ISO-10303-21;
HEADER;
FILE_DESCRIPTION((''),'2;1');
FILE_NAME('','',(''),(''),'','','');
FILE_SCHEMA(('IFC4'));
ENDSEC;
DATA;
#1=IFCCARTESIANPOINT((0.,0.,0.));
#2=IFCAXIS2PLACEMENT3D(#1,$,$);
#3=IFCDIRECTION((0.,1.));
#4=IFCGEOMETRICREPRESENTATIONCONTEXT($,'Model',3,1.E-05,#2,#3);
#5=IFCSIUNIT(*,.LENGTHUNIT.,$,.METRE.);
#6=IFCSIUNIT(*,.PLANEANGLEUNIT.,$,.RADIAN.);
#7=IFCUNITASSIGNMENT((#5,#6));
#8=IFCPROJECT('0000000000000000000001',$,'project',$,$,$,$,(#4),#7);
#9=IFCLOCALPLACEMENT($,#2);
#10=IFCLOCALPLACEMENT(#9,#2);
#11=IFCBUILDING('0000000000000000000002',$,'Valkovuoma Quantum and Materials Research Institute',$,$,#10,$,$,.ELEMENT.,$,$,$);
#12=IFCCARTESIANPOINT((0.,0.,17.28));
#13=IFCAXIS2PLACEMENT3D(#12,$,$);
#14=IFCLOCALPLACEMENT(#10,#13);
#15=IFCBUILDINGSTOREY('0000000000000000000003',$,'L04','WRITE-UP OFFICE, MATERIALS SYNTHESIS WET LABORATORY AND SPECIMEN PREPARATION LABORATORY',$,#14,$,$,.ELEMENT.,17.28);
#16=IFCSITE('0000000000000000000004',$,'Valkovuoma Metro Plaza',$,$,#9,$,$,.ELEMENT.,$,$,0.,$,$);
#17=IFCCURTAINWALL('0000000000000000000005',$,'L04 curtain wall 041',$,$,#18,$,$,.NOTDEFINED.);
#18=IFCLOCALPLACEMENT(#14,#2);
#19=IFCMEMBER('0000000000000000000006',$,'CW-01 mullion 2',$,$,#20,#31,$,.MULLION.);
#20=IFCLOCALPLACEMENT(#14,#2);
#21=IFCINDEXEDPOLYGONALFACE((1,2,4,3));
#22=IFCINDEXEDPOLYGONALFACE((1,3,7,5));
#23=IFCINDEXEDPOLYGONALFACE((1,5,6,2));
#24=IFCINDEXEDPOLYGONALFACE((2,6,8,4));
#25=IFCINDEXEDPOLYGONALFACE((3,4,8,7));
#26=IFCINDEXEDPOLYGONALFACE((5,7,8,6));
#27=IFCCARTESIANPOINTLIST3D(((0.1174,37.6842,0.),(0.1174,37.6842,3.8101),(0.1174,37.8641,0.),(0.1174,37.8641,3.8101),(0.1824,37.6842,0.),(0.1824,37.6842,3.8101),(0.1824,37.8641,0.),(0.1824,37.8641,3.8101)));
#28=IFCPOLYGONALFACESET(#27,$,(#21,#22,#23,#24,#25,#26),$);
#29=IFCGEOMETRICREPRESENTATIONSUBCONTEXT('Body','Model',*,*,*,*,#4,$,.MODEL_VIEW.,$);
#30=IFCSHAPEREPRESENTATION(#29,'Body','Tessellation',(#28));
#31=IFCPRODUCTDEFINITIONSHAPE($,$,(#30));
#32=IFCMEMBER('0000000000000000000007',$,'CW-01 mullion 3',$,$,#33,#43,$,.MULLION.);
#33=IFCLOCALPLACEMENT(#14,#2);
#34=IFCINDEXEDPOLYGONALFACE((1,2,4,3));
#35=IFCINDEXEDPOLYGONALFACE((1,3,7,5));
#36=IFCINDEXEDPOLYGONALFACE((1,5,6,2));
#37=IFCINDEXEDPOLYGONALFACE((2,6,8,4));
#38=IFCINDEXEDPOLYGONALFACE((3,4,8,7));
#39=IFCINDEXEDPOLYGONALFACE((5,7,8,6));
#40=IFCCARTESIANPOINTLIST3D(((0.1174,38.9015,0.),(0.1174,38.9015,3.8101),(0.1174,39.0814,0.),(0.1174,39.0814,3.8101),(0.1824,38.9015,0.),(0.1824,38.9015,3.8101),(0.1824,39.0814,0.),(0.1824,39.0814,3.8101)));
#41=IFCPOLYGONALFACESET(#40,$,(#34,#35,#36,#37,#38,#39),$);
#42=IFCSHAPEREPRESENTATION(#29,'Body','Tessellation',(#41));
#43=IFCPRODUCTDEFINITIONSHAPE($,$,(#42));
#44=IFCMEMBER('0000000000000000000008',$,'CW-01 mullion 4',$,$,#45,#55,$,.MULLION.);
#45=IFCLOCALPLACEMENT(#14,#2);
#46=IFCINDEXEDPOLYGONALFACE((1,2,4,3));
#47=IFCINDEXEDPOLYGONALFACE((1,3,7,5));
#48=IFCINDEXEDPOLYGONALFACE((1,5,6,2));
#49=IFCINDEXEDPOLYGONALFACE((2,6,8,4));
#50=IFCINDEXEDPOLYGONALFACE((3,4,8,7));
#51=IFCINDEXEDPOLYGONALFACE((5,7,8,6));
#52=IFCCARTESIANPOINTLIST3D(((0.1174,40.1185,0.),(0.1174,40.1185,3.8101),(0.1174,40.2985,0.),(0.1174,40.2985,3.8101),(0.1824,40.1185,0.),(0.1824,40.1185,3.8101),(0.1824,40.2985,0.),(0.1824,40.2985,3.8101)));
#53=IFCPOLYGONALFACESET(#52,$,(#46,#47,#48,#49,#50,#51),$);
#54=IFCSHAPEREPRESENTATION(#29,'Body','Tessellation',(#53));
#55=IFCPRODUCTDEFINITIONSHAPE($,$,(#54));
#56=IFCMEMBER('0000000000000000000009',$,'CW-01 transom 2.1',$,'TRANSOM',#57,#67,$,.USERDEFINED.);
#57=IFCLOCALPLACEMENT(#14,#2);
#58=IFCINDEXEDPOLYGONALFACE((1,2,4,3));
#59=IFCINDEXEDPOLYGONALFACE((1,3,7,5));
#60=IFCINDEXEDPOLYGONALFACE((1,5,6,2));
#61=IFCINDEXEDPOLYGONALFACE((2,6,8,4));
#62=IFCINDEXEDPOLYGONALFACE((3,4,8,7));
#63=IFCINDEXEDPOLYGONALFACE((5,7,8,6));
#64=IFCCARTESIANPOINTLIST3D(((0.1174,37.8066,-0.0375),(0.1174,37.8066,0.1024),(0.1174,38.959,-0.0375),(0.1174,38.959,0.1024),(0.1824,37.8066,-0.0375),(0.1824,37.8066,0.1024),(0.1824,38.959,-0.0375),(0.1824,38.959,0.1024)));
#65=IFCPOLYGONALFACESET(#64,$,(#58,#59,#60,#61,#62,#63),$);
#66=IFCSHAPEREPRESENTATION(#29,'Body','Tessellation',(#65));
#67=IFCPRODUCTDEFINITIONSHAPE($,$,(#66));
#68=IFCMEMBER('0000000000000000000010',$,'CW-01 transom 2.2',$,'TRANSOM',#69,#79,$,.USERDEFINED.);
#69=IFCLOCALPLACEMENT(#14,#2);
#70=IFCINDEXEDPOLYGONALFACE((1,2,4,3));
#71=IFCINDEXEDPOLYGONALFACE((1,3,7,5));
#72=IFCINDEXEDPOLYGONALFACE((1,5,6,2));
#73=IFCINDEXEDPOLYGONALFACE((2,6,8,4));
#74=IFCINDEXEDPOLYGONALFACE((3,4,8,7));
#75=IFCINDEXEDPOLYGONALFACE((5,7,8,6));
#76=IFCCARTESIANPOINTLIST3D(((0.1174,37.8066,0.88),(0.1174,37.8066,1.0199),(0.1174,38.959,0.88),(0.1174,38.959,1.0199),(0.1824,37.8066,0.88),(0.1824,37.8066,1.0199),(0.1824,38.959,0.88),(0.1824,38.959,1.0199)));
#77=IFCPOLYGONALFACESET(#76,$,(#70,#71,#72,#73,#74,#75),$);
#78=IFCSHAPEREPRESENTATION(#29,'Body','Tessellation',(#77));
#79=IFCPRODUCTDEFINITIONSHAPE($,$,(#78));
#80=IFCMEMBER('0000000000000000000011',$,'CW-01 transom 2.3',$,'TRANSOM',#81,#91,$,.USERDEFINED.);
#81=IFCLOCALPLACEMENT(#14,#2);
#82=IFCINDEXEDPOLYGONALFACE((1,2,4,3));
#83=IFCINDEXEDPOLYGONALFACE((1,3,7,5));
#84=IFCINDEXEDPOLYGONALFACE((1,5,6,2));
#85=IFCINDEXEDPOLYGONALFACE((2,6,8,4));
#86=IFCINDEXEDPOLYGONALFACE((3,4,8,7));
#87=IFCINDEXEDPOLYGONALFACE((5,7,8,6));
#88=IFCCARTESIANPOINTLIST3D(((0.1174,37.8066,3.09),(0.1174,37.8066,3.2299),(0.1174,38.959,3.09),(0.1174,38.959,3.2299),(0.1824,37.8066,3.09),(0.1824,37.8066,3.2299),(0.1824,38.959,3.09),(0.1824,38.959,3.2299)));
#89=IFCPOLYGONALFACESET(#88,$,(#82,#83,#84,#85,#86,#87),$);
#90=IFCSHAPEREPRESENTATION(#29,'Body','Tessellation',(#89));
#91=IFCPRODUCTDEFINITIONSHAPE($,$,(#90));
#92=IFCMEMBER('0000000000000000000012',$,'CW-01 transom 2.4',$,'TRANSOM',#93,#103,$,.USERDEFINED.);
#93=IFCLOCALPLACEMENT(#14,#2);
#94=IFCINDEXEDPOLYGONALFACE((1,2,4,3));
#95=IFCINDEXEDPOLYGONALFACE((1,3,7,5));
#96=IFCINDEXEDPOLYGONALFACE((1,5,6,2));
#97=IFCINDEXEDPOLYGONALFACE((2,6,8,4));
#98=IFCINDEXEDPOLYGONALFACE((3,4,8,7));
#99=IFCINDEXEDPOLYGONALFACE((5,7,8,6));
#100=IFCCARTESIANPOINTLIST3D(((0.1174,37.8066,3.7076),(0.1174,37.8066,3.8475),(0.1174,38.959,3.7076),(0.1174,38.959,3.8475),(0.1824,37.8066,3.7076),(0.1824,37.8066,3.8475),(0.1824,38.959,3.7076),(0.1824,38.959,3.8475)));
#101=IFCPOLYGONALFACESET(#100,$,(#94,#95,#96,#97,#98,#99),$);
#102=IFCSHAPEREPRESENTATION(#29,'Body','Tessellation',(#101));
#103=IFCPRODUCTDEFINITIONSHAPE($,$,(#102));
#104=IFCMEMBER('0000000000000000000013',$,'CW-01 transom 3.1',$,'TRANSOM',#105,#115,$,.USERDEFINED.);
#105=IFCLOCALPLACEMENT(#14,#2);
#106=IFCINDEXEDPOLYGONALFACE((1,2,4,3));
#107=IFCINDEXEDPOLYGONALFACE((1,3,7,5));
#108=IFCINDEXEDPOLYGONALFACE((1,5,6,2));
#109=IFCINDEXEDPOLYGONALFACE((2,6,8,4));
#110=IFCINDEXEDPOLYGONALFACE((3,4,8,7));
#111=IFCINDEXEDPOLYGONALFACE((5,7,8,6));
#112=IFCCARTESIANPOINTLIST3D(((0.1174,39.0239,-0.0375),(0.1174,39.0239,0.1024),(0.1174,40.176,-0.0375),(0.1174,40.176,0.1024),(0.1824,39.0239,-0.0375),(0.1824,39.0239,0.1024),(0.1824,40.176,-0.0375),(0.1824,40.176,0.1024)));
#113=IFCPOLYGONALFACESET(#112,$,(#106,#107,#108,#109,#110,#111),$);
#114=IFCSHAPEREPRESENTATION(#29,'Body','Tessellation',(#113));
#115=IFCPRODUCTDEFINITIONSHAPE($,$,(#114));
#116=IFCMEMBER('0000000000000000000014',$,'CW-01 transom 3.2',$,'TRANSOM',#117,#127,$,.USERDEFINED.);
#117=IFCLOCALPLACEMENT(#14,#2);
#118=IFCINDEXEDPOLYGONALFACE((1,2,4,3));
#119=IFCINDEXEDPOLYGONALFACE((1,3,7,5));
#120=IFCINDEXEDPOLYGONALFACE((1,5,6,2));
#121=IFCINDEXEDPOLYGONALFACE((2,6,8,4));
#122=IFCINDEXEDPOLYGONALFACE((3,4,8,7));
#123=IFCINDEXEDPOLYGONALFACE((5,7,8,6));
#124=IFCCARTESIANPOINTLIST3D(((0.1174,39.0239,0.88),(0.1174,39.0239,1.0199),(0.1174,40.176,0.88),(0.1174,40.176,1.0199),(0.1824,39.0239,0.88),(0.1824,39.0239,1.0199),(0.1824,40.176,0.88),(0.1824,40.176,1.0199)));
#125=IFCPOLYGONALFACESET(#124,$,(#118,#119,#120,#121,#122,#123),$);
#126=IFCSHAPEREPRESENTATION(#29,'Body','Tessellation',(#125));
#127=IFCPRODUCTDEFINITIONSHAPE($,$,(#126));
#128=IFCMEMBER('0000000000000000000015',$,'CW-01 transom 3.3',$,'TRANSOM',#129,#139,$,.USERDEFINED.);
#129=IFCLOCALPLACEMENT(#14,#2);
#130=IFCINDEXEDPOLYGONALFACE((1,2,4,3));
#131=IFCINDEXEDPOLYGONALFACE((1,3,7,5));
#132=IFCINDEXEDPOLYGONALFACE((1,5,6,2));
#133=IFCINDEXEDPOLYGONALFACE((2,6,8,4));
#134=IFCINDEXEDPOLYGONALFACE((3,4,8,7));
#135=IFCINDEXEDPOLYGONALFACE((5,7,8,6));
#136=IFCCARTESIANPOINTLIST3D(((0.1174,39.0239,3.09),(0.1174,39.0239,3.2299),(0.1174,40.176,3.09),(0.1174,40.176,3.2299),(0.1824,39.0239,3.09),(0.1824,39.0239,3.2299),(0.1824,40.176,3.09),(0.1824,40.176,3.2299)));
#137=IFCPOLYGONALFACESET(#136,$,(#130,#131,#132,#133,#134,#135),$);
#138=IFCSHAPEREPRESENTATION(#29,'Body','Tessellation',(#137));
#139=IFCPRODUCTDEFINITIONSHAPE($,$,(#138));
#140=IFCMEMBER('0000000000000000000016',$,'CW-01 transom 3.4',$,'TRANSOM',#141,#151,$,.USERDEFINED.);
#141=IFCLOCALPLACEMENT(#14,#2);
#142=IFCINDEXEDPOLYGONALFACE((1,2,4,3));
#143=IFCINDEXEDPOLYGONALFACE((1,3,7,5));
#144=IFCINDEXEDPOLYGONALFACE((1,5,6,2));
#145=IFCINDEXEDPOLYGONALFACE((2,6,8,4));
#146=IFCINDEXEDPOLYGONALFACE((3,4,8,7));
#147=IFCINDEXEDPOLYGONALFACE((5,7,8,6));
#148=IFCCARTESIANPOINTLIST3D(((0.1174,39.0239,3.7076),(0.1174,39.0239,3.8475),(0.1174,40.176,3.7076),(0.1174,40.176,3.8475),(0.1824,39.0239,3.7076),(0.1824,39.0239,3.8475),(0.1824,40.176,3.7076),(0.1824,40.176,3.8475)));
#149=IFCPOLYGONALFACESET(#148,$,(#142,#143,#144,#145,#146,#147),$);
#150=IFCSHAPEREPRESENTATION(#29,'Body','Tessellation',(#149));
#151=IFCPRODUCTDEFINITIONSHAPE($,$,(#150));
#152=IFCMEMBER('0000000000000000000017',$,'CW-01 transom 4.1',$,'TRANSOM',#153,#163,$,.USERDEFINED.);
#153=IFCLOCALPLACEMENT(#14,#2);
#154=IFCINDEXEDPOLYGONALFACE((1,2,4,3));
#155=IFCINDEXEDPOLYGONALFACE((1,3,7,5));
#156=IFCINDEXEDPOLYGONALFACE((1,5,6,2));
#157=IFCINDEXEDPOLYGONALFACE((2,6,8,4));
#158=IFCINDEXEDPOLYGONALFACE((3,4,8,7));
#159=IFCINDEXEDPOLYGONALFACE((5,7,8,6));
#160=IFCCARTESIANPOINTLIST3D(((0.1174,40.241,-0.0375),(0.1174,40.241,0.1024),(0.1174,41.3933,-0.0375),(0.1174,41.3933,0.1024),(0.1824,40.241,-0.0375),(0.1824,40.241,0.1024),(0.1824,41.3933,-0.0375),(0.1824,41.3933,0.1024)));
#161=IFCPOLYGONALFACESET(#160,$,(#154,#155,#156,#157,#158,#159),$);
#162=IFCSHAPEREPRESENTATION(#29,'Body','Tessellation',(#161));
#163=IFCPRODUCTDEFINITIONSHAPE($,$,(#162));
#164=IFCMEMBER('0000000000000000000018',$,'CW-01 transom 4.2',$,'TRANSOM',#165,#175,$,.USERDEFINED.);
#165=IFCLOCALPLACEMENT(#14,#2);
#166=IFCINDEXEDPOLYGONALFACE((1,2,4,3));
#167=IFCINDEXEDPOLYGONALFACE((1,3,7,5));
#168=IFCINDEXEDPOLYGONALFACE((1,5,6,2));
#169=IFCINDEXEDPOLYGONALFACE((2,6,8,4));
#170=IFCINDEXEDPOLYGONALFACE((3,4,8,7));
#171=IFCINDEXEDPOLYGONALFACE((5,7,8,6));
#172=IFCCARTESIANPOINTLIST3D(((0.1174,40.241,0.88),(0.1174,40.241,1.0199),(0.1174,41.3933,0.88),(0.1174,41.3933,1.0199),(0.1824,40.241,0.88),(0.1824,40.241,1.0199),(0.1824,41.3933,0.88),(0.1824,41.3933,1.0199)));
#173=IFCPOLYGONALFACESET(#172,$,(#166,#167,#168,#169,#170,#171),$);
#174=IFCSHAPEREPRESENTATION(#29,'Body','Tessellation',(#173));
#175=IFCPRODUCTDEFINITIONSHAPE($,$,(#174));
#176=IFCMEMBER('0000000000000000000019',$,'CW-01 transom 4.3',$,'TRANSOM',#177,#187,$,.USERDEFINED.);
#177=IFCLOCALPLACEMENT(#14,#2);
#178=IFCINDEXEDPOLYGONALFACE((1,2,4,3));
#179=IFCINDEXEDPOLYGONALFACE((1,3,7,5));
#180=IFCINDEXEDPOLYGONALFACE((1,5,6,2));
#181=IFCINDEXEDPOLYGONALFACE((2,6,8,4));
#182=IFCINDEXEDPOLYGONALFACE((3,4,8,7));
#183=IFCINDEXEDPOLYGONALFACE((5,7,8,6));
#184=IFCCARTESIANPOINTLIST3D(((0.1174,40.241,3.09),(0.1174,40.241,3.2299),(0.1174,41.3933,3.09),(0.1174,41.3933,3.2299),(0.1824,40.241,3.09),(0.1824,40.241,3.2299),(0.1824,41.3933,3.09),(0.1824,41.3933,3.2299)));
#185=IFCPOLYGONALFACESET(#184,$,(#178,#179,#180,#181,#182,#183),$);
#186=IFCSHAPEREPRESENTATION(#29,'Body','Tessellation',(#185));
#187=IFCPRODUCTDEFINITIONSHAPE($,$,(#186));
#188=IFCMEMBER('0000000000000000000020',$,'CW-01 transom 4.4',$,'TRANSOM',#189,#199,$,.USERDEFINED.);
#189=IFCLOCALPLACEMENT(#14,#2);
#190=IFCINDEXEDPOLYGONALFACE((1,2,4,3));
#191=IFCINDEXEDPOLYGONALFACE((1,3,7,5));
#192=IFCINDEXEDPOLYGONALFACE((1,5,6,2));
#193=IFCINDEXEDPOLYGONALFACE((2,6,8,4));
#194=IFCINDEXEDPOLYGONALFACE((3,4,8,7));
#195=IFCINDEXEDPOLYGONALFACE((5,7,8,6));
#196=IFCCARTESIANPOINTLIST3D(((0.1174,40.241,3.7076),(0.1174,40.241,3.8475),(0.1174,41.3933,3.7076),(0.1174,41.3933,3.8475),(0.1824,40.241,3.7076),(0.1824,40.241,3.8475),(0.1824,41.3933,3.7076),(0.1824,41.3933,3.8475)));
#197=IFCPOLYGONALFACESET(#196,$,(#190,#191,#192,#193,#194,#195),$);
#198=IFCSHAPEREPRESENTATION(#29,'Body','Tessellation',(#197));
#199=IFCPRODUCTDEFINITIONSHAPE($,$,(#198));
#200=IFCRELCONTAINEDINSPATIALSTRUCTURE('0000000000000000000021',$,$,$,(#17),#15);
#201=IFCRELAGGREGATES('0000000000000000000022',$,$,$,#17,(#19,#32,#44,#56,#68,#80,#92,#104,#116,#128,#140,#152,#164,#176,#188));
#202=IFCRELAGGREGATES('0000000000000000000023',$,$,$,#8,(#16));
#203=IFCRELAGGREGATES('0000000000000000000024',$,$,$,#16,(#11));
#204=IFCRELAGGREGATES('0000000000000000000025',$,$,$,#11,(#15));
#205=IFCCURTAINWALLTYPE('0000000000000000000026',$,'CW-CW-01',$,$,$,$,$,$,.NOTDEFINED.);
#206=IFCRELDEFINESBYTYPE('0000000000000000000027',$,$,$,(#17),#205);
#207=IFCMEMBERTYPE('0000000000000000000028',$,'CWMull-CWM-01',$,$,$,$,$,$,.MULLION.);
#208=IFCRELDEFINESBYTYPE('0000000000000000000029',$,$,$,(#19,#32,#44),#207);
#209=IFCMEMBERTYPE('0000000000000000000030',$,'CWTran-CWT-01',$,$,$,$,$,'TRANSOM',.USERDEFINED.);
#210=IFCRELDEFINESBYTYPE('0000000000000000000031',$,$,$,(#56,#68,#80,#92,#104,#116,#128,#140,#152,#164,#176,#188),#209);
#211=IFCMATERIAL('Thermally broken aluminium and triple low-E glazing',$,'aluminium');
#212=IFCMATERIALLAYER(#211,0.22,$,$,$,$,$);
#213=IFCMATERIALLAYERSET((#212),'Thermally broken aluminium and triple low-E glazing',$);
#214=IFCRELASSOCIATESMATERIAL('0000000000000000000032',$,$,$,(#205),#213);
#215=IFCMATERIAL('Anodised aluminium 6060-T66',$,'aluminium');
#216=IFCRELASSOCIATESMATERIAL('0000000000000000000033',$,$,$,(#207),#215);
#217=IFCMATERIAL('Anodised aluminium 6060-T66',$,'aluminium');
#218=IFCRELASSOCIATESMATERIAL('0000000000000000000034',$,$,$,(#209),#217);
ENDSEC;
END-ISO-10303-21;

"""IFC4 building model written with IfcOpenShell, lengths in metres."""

from ifc_helpers import new_model, si_unit, direction, frame, origin, origin_2d, place, context, subcontext, project, spatial, rectangle, extrude, material, layer, layer_set, material_profile, profile_set, type_object, element, aggregate, save


model = new_model("IFC4")

# Units and contexts
model_context = context("Model", 3, precision=1e-05, world=origin(), true_north=direction((0.0, 1.0)))
body_context = subcontext(model_context, "Body", "Model", "MODEL_VIEW")
ifc_project = project(units=[si_unit("LENGTHUNIT", "METRE"), si_unit("PLANEANGLEUNIT", "RADIAN")], contexts=[model_context])

# Site, building, storey
site_placement = place(None, origin())
site = spatial("IfcSite", under=ifc_project, at=site_placement, Name="Valkovuoma Metro Plaza", CompositionType="ELEMENT", RefElevation=0.0)
building_placement = place(site_placement, origin())
building = spatial("IfcBuilding", under=site, at=building_placement, Name="Valkovuoma Quantum and Materials Research Institute", CompositionType="ELEMENT")
storey_placement = place(building_placement, frame((0.0, 0.0, 17.28)))
storey = spatial("IfcBuildingStorey", under=building, at=storey_placement, Name="L04", Description="WRITE-UP OFFICE, MATERIALS SYNTHESIS WET LABORATORY AND SPECIMEN PREPARATION LABORATORY", CompositionType="ELEMENT", Elevation=17.28)

# Curtain wall, members
ifc_material_1 = material(Name="Thermally broken aluminium and triple low-E glazing", Category="aluminium")
ifc_layer_1 = layer(ifc_material_1, 0.22)
ifc_layer_set_1 = layer_set([ifc_layer_1], Name="Thermally broken aluminium and triple low-E glazing")
curtain_wall_type = type_object("IfcCurtainWallType", Name="CW-CW-01", PredefinedType="NOTDEFINED", material=ifc_layer_set_1)
curtain_wall_placement = place(storey_placement, origin())
curtain_wall = element("IfcCurtainWall", 1, at=curtain_wall_placement, inside=storey, type_object=curtain_wall_type, Name="L04 curtain wall 041", PredefinedType="NOTDEFINED")
ifc_material_2 = material(Name="Anodised aluminium 6060-T66", Category="aluminium")
ifc_material_profile_1 = material_profile(ifc_material_2, rectangle(XDim=0.0649, YDim=0.1799, at=origin_2d()), Name="Anodised aluminium 6060-T66")
ifc_profile_set_1 = profile_set([ifc_material_profile_1], Name="Anodised aluminium 6060-T66")
member_type_1 = type_object("IfcMemberType", Name="CWMull-CWM-01", PredefinedType="MULLION", material=ifc_profile_set_1)
member_1_placement = place(storey_placement, frame((0.1499, 37.7742, 0.0), z_axis=(0.0, 0.0, 1.0), x_axis=(-1.0, 0.0, 0.0)))
member_1 = element("IfcMember", 2, at=member_1_placement, type_object=member_type_1, Name="CW-01 mullion 2", PredefinedType="MULLION", context=body_context, shape_type="SweptSolid", body=[
    extrude(rectangle(XDim=0.0649, YDim=0.1799, at=origin_2d()), origin(), (0.0, 0.0, 1.0), 3.8101),
])
member_2_placement = place(storey_placement, frame((0.1499, 38.9915, 0.0), z_axis=(0.0, 0.0, 1.0), x_axis=(-1.0, 0.0, 0.0)))
member_2 = element("IfcMember", 3, at=member_2_placement, type_object=member_type_1, Name="CW-01 mullion 3", PredefinedType="MULLION", context=body_context, shape_type="SweptSolid", body=[
    extrude(rectangle(XDim=0.0649, YDim=0.1799, at=origin_2d()), origin(), (0.0, 0.0, 1.0), 3.8101),
])
member_3_placement = place(storey_placement, frame((0.1499, 40.2085, 0.0), z_axis=(0.0, 0.0, 1.0), x_axis=(-1.0, 0.0, 0.0)))
member_3 = element("IfcMember", 4, at=member_3_placement, type_object=member_type_1, Name="CW-01 mullion 4", PredefinedType="MULLION", context=body_context, shape_type="SweptSolid", body=[
    extrude(rectangle(XDim=0.0649, YDim=0.1799, at=origin_2d()), origin(), (0.0, 0.0, 1.0), 3.8101),
])
ifc_material_3 = material(Name="Anodised aluminium 6060-T66", Category="aluminium")
ifc_material_profile_2 = material_profile(ifc_material_3, rectangle(XDim=0.0649, YDim=0.1399, at=origin_2d()), Name="Anodised aluminium 6060-T66")
ifc_profile_set_2 = profile_set([ifc_material_profile_2], Name="Anodised aluminium 6060-T66")
member_type_2 = type_object("IfcMemberType", Name="CWTran-CWT-01", ElementType="TRANSOM", PredefinedType="USERDEFINED", material=ifc_profile_set_2)
member_4_placement = place(storey_placement, frame((0.1499, 37.8066, 0.0325), z_axis=(0.0, 1.0, 0.0), x_axis=(-1.0, 0.0, 0.0)))
member_4 = element("IfcMember", 5, at=member_4_placement, type_object=member_type_2, Name="CW-01 transom 2.1", ObjectType="TRANSOM", PredefinedType="USERDEFINED", context=body_context, shape_type="SweptSolid", body=[
    extrude(rectangle(XDim=0.0649, YDim=0.1399, at=origin_2d()), origin(), (0.0, 0.0, 1.0), 1.1523),
])
member_5_placement = place(storey_placement, frame((0.1499, 37.8066, 0.95), z_axis=(0.0, 1.0, 0.0), x_axis=(-1.0, 0.0, 0.0)))
member_5 = element("IfcMember", 6, at=member_5_placement, type_object=member_type_2, Name="CW-01 transom 2.2", ObjectType="TRANSOM", PredefinedType="USERDEFINED", context=body_context, shape_type="SweptSolid", body=[
    extrude(rectangle(XDim=0.0649, YDim=0.1399, at=origin_2d()), origin(), (0.0, 0.0, 1.0), 1.1523),
])
member_6_placement = place(storey_placement, frame((0.1499, 37.8066, 3.1599), z_axis=(0.0, 1.0, 0.0), x_axis=(-1.0, 0.0, 0.0)))
member_6 = element("IfcMember", 7, at=member_6_placement, type_object=member_type_2, Name="CW-01 transom 2.3", ObjectType="TRANSOM", PredefinedType="USERDEFINED", context=body_context, shape_type="SweptSolid", body=[
    extrude(rectangle(XDim=0.0649, YDim=0.1399, at=origin_2d()), origin(), (0.0, 0.0, 1.0), 1.1523),
])
member_7_placement = place(storey_placement, frame((0.1499, 37.8066, 3.7776), z_axis=(0.0, 1.0, 0.0), x_axis=(-1.0, 0.0, 0.0)))
member_7 = element("IfcMember", 8, at=member_7_placement, type_object=member_type_2, Name="CW-01 transom 2.4", ObjectType="TRANSOM", PredefinedType="USERDEFINED", context=body_context, shape_type="SweptSolid", body=[
    extrude(rectangle(XDim=0.0649, YDim=0.1399, at=origin_2d()), origin(), (0.0, 0.0, 1.0), 1.1523),
])
member_8_placement = place(storey_placement, frame((0.1499, 39.0239, 0.0325), z_axis=(0.0, 1.0, 0.0), x_axis=(-1.0, 0.0, 0.0)))
member_8 = element("IfcMember", 9, at=member_8_placement, type_object=member_type_2, Name="CW-01 transom 3.1", ObjectType="TRANSOM", PredefinedType="USERDEFINED", context=body_context, shape_type="SweptSolid", body=[
    extrude(rectangle(XDim=0.0649, YDim=0.1399, at=origin_2d()), origin(), (0.0, 0.0, 1.0), 1.1521),
])
member_9_placement = place(storey_placement, frame((0.1499, 39.0239, 0.95), z_axis=(0.0, 1.0, 0.0), x_axis=(-1.0, 0.0, 0.0)))
member_9 = element("IfcMember", 10, at=member_9_placement, type_object=member_type_2, Name="CW-01 transom 3.2", ObjectType="TRANSOM", PredefinedType="USERDEFINED", context=body_context, shape_type="SweptSolid", body=[
    extrude(rectangle(XDim=0.0649, YDim=0.1399, at=origin_2d()), origin(), (0.0, 0.0, 1.0), 1.1521),
])
member_10_placement = place(storey_placement, frame((0.1499, 39.0239, 3.1599), z_axis=(0.0, 1.0, 0.0), x_axis=(-1.0, 0.0, 0.0)))
member_10 = element("IfcMember", 11, at=member_10_placement, type_object=member_type_2, Name="CW-01 transom 3.3", ObjectType="TRANSOM", PredefinedType="USERDEFINED", context=body_context, shape_type="SweptSolid", body=[
    extrude(rectangle(XDim=0.0649, YDim=0.1399, at=origin_2d()), origin(), (0.0, 0.0, 1.0), 1.1521),
])
member_11_placement = place(storey_placement, frame((0.1499, 39.0239, 3.7776), z_axis=(0.0, 1.0, 0.0), x_axis=(-1.0, 0.0, 0.0)))
member_11 = element("IfcMember", 12, at=member_11_placement, type_object=member_type_2, Name="CW-01 transom 3.4", ObjectType="TRANSOM", PredefinedType="USERDEFINED", context=body_context, shape_type="SweptSolid", body=[
    extrude(rectangle(XDim=0.0649, YDim=0.1399, at=origin_2d()), origin(), (0.0, 0.0, 1.0), 1.1521),
])
member_12_placement = place(storey_placement, frame((0.1499, 40.241, 0.0325), z_axis=(0.0, 1.0, 0.0), x_axis=(-1.0, 0.0, 0.0)))
member_12 = element("IfcMember", 13, at=member_12_placement, type_object=member_type_2, Name="CW-01 transom 4.1", ObjectType="TRANSOM", PredefinedType="USERDEFINED", context=body_context, shape_type="SweptSolid", body=[
    extrude(rectangle(XDim=0.0649, YDim=0.1399, at=origin_2d()), origin(), (0.0, 0.0, 1.0), 1.1523),
])
member_13_placement = place(storey_placement, frame((0.1499, 40.241, 0.95), z_axis=(0.0, 1.0, 0.0), x_axis=(-1.0, 0.0, 0.0)))
member_13 = element("IfcMember", 14, at=member_13_placement, type_object=member_type_2, Name="CW-01 transom 4.2", ObjectType="TRANSOM", PredefinedType="USERDEFINED", context=body_context, shape_type="SweptSolid", body=[
    extrude(rectangle(XDim=0.0649, YDim=0.1399, at=origin_2d()), origin(), (0.0, 0.0, 1.0), 1.1523),
])
member_14_placement = place(storey_placement, frame((0.1499, 40.241, 3.1599), z_axis=(0.0, 1.0, 0.0), x_axis=(-1.0, 0.0, 0.0)))
member_14 = element("IfcMember", 15, at=member_14_placement, type_object=member_type_2, Name="CW-01 transom 4.3", ObjectType="TRANSOM", PredefinedType="USERDEFINED", context=body_context, shape_type="SweptSolid", body=[
    extrude(rectangle(XDim=0.0649, YDim=0.1399, at=origin_2d()), origin(), (0.0, 0.0, 1.0), 1.1523),
])
member_15_placement = place(storey_placement, frame((0.1499, 40.241, 3.7776), z_axis=(0.0, 1.0, 0.0), x_axis=(-1.0, 0.0, 0.0)))
member_15 = element("IfcMember", 16, at=member_15_placement, type_object=member_type_2, Name="CW-01 transom 4.4", ObjectType="TRANSOM", PredefinedType="USERDEFINED", context=body_context, shape_type="SweptSolid", body=[
    extrude(rectangle(XDim=0.0649, YDim=0.1399, at=origin_2d()), origin(), (0.0, 0.0, 1.0), 1.1523),
])
aggregate(curtain_wall, [member_1, member_2, member_3, member_4, member_5, member_6, member_7, member_8, member_9, member_10, member_11, member_12, member_13, member_14, member_15])

save(model, "model.ifc")
